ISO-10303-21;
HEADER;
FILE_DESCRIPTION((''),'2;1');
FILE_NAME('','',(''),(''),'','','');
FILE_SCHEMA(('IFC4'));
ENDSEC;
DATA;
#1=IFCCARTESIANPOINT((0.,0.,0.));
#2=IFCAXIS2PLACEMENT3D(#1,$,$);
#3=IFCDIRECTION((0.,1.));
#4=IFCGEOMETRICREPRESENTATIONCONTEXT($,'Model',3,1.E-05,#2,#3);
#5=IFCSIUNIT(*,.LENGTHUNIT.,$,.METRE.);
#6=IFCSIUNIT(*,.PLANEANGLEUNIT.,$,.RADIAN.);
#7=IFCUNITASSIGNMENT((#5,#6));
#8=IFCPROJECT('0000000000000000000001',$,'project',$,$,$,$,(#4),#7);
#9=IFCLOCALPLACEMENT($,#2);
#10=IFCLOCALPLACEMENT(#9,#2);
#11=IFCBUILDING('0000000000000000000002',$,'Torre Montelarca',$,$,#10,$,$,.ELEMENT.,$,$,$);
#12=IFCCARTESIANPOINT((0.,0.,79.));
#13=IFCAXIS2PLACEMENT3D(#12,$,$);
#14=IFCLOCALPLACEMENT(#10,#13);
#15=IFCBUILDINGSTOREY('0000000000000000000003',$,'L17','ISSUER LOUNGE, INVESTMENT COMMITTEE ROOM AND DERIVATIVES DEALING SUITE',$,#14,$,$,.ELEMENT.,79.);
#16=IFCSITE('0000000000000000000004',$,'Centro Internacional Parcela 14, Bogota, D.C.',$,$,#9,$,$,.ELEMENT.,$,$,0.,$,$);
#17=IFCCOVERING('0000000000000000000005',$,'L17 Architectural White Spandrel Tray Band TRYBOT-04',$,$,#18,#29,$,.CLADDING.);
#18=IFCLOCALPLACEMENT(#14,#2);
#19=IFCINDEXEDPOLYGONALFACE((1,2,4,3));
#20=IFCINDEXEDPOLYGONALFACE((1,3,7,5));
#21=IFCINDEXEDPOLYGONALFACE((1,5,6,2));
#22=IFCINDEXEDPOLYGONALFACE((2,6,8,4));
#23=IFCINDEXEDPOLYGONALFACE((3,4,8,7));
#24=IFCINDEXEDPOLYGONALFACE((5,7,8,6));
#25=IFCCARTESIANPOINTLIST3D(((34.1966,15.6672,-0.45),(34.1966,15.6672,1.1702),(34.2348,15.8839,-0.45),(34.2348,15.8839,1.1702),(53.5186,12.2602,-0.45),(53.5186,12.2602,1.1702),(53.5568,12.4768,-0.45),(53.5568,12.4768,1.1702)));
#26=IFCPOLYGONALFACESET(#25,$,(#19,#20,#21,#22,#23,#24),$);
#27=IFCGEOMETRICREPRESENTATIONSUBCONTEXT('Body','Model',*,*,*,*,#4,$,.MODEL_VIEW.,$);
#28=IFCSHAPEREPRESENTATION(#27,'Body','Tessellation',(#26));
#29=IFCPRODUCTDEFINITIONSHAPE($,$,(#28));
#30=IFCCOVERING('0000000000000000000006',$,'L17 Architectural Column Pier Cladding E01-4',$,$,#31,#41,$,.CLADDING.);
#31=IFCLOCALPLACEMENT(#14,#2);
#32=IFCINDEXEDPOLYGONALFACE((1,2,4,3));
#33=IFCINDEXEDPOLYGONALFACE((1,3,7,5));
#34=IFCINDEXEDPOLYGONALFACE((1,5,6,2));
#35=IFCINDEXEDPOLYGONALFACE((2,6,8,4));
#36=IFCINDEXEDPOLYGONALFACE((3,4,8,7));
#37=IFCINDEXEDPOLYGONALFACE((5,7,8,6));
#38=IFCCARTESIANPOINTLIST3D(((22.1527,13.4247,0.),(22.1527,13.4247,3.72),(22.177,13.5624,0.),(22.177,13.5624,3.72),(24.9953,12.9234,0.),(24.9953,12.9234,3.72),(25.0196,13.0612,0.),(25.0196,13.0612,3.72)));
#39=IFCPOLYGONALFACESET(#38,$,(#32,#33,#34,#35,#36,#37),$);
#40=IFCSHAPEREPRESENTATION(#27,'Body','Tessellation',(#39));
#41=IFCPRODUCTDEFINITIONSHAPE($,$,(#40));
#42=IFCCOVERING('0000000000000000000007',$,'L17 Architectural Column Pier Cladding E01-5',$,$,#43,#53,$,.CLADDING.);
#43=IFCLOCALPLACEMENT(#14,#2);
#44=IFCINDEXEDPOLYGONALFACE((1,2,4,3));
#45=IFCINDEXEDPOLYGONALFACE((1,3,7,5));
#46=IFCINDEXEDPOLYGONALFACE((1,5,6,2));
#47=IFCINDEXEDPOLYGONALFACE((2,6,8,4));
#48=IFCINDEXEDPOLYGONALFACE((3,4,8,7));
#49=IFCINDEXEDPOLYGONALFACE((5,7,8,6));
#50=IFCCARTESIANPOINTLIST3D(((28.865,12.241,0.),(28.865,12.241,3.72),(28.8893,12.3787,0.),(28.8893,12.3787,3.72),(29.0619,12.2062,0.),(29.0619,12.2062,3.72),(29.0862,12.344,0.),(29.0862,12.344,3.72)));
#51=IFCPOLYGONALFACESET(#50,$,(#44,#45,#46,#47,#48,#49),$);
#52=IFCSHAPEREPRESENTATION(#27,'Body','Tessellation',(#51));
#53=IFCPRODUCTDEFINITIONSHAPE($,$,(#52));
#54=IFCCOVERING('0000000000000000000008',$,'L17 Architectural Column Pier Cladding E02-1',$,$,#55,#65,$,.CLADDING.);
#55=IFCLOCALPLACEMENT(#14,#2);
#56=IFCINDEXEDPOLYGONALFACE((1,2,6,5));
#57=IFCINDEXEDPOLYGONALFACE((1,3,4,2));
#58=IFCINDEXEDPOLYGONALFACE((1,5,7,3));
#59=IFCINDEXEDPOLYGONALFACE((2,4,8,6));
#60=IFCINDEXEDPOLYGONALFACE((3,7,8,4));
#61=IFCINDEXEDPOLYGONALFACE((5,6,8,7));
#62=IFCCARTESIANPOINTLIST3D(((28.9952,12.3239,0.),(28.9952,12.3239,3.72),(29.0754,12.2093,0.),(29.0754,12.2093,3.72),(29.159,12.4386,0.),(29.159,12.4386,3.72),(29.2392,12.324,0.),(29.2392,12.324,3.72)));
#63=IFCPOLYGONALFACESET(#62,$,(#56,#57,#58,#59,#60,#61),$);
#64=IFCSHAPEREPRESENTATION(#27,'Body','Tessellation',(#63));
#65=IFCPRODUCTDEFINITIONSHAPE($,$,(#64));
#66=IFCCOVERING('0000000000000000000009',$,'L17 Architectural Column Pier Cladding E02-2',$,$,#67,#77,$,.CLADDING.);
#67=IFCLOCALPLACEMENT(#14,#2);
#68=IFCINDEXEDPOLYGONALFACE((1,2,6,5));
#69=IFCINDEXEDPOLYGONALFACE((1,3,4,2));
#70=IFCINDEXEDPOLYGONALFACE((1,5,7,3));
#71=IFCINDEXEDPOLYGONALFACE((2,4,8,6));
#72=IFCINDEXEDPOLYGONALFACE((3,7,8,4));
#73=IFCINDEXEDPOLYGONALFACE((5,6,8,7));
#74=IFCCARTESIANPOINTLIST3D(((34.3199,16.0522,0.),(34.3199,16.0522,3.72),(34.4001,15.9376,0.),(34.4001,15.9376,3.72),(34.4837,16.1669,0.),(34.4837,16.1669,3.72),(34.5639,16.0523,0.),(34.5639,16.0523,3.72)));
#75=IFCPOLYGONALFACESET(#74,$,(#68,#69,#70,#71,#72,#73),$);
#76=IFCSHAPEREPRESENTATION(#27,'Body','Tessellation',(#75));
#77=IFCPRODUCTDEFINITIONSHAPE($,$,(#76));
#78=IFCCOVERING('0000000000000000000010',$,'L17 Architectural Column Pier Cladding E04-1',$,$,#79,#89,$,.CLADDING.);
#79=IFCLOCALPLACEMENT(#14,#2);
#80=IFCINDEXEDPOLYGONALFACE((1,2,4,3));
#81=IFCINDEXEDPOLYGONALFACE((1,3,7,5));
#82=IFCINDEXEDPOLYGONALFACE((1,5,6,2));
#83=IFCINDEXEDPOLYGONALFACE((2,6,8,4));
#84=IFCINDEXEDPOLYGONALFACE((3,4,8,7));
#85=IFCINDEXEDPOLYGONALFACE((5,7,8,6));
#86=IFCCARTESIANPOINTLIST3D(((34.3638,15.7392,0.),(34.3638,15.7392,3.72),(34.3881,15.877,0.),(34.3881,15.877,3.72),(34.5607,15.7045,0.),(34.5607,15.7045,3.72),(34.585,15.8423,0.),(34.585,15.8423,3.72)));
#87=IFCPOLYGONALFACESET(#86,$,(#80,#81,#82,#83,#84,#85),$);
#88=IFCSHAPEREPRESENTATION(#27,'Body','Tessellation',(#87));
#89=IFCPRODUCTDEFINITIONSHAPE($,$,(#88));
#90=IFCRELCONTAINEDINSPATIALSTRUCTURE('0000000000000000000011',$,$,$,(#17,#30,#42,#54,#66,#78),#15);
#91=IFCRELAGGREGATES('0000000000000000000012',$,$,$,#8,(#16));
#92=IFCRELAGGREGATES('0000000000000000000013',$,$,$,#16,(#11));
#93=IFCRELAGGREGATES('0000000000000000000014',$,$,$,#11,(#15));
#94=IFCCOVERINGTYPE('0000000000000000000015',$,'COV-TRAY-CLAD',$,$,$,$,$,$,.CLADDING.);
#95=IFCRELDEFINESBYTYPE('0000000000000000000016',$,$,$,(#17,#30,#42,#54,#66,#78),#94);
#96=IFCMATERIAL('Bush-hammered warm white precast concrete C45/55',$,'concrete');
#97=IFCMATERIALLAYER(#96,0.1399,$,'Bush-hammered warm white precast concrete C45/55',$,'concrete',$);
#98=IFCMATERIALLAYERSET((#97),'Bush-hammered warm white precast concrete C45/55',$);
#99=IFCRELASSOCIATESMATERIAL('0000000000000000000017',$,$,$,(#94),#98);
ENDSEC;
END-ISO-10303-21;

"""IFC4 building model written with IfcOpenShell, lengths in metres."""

from ifc_helpers import new_model, si_unit, direction, frame, origin, origin_2d, place, context, subcontext, project, spatial, rectangle, extrude, source, transform, mapped, material, layer, layer_set, type_object, element, save


model = new_model("IFC4")

# Units and contexts
model_context = context("Model", 3, precision=1e-05, world=origin(), true_north=direction((0.0, 1.0)))
body_context = subcontext(model_context, "Body", "Model", "MODEL_VIEW")
ifc_project = project(units=[si_unit("LENGTHUNIT", "METRE"), si_unit("PLANEANGLEUNIT", "RADIAN")], contexts=[model_context])

# Site, building, storey
site_placement = place(None, origin())
site = spatial("IfcSite", under=ifc_project, at=site_placement, Name="Centro Internacional Parcela 14, Bogota, D.C.", CompositionType="ELEMENT", RefElevation=0.0)
building_placement = place(site_placement, origin())
building = spatial("IfcBuilding", under=site, at=building_placement, Name="Torre Montelarca", CompositionType="ELEMENT")
storey_placement = place(building_placement, frame((0.0, 0.0, 79.0)))
storey = spatial("IfcBuildingStorey", under=building, at=storey_placement, Name="L17", Description="ISSUER LOUNGE, INVESTMENT COMMITTEE ROOM AND DERIVATIVES DEALING SUITE", CompositionType="ELEMENT", Elevation=79.0)

# Coverings
ifc_material_1 = material(Name="Bush-hammered warm white precast concrete C45/55", Category="concrete")
ifc_layer_1 = layer(ifc_material_1, 0.1399, Name="Bush-hammered warm white precast concrete C45/55", Category="concrete")
ifc_layer_set_1 = layer_set([ifc_layer_1], Name="Bush-hammered warm white precast concrete C45/55")
covering_type = type_object("IfcCoveringType", Name="COV-TRAY-CLAD", PredefinedType="CLADDING", material=ifc_layer_set_1)
shared_shape_1 = source(origin(), body_context, "Body", "SweptSolid", [
    extrude(rectangle(XDim=19.6201, YDim=0.22, at=origin_2d()), origin(), (0.0, 0.0, 1.0), 1.6201),
])
covering_1_placement = place(storey_placement, frame((43.8767, 14.072, -0.45), z_axis=(0.0, 0.0, 1.0), x_axis=(0.984807, -0.173652, 0.0)))
element("IfcCovering", 1, at=covering_1_placement, inside=storey, type_object=covering_type, Name="L17 Architectural White Spandrel Tray Band TRYBOT-04", PredefinedType="CLADDING", context=body_context, shape_type="MappedRepresentation", body=[
    mapped(shared_shape_1, transform((0.0, 0.0, 0.0), scale=1.0)),
])
shared_shape_2 = source(origin(), body_context, "Body", "SweptSolid", [
    extrude(rectangle(XDim=2.8865, YDim=0.1399, at=origin_2d()), origin(), (0.0, 0.0, 1.0), 3.72),
])
covering_2_placement = place(storey_placement, frame((23.5862, 13.2429, 0.0), z_axis=(0.0, 0.0, 1.0), x_axis=(0.984808, -0.173648, 0.0)))
element("IfcCovering", 2, at=covering_2_placement, inside=storey, type_object=covering_type, Name="L17 Architectural Column Pier Cladding E01-4", PredefinedType="CLADDING", context=body_context, shape_type="MappedRepresentation", body=[
    mapped(shared_shape_2, transform((0.0, 0.0, 0.0), scale=1.0)),
])
shared_shape_3 = source(origin(), body_context, "Body", "SweptSolid", [
    extrude(rectangle(XDim=0.2, YDim=0.1399, at=origin_2d()), origin(), (0.0, 0.0, 1.0), 3.72),
])
for number, where, z_axis, x_axis, name in (
    (3, (28.9756, 12.2925, 0.0), (0.0, 0.0, 1.0), (0.984808, -0.173648, 0.0), "L17 Architectural Column Pier Cladding E01-5"),
    (4, (29.1172, 12.324, 0.0), (0.0, 0.0, 1.0), (0.819155, 0.573572, 0.0), "L17 Architectural Column Pier Cladding E02-1"),
    (5, (34.4419, 16.0522, 0.0), (0.0, 0.0, 1.0), (0.819155, 0.573572, 0.0), "L17 Architectural Column Pier Cladding E02-2"),
    (6, (34.4744, 15.7908, 0.0), (0.0, 0.0, 1.0), (0.984808, -0.173646, 0.0), "L17 Architectural Column Pier Cladding E04-1"),
):
    element("IfcCovering", number, at=place(storey_placement, frame(where, z_axis=z_axis, x_axis=x_axis)), inside=storey, type_object=covering_type, Name=name, PredefinedType="CLADDING", context=body_context, shape_type="MappedRepresentation", body=[
        mapped(shared_shape_3, transform((0.0, 0.0, 0.0), scale=1.0)),
    ])

save(model, "model.ifc")
